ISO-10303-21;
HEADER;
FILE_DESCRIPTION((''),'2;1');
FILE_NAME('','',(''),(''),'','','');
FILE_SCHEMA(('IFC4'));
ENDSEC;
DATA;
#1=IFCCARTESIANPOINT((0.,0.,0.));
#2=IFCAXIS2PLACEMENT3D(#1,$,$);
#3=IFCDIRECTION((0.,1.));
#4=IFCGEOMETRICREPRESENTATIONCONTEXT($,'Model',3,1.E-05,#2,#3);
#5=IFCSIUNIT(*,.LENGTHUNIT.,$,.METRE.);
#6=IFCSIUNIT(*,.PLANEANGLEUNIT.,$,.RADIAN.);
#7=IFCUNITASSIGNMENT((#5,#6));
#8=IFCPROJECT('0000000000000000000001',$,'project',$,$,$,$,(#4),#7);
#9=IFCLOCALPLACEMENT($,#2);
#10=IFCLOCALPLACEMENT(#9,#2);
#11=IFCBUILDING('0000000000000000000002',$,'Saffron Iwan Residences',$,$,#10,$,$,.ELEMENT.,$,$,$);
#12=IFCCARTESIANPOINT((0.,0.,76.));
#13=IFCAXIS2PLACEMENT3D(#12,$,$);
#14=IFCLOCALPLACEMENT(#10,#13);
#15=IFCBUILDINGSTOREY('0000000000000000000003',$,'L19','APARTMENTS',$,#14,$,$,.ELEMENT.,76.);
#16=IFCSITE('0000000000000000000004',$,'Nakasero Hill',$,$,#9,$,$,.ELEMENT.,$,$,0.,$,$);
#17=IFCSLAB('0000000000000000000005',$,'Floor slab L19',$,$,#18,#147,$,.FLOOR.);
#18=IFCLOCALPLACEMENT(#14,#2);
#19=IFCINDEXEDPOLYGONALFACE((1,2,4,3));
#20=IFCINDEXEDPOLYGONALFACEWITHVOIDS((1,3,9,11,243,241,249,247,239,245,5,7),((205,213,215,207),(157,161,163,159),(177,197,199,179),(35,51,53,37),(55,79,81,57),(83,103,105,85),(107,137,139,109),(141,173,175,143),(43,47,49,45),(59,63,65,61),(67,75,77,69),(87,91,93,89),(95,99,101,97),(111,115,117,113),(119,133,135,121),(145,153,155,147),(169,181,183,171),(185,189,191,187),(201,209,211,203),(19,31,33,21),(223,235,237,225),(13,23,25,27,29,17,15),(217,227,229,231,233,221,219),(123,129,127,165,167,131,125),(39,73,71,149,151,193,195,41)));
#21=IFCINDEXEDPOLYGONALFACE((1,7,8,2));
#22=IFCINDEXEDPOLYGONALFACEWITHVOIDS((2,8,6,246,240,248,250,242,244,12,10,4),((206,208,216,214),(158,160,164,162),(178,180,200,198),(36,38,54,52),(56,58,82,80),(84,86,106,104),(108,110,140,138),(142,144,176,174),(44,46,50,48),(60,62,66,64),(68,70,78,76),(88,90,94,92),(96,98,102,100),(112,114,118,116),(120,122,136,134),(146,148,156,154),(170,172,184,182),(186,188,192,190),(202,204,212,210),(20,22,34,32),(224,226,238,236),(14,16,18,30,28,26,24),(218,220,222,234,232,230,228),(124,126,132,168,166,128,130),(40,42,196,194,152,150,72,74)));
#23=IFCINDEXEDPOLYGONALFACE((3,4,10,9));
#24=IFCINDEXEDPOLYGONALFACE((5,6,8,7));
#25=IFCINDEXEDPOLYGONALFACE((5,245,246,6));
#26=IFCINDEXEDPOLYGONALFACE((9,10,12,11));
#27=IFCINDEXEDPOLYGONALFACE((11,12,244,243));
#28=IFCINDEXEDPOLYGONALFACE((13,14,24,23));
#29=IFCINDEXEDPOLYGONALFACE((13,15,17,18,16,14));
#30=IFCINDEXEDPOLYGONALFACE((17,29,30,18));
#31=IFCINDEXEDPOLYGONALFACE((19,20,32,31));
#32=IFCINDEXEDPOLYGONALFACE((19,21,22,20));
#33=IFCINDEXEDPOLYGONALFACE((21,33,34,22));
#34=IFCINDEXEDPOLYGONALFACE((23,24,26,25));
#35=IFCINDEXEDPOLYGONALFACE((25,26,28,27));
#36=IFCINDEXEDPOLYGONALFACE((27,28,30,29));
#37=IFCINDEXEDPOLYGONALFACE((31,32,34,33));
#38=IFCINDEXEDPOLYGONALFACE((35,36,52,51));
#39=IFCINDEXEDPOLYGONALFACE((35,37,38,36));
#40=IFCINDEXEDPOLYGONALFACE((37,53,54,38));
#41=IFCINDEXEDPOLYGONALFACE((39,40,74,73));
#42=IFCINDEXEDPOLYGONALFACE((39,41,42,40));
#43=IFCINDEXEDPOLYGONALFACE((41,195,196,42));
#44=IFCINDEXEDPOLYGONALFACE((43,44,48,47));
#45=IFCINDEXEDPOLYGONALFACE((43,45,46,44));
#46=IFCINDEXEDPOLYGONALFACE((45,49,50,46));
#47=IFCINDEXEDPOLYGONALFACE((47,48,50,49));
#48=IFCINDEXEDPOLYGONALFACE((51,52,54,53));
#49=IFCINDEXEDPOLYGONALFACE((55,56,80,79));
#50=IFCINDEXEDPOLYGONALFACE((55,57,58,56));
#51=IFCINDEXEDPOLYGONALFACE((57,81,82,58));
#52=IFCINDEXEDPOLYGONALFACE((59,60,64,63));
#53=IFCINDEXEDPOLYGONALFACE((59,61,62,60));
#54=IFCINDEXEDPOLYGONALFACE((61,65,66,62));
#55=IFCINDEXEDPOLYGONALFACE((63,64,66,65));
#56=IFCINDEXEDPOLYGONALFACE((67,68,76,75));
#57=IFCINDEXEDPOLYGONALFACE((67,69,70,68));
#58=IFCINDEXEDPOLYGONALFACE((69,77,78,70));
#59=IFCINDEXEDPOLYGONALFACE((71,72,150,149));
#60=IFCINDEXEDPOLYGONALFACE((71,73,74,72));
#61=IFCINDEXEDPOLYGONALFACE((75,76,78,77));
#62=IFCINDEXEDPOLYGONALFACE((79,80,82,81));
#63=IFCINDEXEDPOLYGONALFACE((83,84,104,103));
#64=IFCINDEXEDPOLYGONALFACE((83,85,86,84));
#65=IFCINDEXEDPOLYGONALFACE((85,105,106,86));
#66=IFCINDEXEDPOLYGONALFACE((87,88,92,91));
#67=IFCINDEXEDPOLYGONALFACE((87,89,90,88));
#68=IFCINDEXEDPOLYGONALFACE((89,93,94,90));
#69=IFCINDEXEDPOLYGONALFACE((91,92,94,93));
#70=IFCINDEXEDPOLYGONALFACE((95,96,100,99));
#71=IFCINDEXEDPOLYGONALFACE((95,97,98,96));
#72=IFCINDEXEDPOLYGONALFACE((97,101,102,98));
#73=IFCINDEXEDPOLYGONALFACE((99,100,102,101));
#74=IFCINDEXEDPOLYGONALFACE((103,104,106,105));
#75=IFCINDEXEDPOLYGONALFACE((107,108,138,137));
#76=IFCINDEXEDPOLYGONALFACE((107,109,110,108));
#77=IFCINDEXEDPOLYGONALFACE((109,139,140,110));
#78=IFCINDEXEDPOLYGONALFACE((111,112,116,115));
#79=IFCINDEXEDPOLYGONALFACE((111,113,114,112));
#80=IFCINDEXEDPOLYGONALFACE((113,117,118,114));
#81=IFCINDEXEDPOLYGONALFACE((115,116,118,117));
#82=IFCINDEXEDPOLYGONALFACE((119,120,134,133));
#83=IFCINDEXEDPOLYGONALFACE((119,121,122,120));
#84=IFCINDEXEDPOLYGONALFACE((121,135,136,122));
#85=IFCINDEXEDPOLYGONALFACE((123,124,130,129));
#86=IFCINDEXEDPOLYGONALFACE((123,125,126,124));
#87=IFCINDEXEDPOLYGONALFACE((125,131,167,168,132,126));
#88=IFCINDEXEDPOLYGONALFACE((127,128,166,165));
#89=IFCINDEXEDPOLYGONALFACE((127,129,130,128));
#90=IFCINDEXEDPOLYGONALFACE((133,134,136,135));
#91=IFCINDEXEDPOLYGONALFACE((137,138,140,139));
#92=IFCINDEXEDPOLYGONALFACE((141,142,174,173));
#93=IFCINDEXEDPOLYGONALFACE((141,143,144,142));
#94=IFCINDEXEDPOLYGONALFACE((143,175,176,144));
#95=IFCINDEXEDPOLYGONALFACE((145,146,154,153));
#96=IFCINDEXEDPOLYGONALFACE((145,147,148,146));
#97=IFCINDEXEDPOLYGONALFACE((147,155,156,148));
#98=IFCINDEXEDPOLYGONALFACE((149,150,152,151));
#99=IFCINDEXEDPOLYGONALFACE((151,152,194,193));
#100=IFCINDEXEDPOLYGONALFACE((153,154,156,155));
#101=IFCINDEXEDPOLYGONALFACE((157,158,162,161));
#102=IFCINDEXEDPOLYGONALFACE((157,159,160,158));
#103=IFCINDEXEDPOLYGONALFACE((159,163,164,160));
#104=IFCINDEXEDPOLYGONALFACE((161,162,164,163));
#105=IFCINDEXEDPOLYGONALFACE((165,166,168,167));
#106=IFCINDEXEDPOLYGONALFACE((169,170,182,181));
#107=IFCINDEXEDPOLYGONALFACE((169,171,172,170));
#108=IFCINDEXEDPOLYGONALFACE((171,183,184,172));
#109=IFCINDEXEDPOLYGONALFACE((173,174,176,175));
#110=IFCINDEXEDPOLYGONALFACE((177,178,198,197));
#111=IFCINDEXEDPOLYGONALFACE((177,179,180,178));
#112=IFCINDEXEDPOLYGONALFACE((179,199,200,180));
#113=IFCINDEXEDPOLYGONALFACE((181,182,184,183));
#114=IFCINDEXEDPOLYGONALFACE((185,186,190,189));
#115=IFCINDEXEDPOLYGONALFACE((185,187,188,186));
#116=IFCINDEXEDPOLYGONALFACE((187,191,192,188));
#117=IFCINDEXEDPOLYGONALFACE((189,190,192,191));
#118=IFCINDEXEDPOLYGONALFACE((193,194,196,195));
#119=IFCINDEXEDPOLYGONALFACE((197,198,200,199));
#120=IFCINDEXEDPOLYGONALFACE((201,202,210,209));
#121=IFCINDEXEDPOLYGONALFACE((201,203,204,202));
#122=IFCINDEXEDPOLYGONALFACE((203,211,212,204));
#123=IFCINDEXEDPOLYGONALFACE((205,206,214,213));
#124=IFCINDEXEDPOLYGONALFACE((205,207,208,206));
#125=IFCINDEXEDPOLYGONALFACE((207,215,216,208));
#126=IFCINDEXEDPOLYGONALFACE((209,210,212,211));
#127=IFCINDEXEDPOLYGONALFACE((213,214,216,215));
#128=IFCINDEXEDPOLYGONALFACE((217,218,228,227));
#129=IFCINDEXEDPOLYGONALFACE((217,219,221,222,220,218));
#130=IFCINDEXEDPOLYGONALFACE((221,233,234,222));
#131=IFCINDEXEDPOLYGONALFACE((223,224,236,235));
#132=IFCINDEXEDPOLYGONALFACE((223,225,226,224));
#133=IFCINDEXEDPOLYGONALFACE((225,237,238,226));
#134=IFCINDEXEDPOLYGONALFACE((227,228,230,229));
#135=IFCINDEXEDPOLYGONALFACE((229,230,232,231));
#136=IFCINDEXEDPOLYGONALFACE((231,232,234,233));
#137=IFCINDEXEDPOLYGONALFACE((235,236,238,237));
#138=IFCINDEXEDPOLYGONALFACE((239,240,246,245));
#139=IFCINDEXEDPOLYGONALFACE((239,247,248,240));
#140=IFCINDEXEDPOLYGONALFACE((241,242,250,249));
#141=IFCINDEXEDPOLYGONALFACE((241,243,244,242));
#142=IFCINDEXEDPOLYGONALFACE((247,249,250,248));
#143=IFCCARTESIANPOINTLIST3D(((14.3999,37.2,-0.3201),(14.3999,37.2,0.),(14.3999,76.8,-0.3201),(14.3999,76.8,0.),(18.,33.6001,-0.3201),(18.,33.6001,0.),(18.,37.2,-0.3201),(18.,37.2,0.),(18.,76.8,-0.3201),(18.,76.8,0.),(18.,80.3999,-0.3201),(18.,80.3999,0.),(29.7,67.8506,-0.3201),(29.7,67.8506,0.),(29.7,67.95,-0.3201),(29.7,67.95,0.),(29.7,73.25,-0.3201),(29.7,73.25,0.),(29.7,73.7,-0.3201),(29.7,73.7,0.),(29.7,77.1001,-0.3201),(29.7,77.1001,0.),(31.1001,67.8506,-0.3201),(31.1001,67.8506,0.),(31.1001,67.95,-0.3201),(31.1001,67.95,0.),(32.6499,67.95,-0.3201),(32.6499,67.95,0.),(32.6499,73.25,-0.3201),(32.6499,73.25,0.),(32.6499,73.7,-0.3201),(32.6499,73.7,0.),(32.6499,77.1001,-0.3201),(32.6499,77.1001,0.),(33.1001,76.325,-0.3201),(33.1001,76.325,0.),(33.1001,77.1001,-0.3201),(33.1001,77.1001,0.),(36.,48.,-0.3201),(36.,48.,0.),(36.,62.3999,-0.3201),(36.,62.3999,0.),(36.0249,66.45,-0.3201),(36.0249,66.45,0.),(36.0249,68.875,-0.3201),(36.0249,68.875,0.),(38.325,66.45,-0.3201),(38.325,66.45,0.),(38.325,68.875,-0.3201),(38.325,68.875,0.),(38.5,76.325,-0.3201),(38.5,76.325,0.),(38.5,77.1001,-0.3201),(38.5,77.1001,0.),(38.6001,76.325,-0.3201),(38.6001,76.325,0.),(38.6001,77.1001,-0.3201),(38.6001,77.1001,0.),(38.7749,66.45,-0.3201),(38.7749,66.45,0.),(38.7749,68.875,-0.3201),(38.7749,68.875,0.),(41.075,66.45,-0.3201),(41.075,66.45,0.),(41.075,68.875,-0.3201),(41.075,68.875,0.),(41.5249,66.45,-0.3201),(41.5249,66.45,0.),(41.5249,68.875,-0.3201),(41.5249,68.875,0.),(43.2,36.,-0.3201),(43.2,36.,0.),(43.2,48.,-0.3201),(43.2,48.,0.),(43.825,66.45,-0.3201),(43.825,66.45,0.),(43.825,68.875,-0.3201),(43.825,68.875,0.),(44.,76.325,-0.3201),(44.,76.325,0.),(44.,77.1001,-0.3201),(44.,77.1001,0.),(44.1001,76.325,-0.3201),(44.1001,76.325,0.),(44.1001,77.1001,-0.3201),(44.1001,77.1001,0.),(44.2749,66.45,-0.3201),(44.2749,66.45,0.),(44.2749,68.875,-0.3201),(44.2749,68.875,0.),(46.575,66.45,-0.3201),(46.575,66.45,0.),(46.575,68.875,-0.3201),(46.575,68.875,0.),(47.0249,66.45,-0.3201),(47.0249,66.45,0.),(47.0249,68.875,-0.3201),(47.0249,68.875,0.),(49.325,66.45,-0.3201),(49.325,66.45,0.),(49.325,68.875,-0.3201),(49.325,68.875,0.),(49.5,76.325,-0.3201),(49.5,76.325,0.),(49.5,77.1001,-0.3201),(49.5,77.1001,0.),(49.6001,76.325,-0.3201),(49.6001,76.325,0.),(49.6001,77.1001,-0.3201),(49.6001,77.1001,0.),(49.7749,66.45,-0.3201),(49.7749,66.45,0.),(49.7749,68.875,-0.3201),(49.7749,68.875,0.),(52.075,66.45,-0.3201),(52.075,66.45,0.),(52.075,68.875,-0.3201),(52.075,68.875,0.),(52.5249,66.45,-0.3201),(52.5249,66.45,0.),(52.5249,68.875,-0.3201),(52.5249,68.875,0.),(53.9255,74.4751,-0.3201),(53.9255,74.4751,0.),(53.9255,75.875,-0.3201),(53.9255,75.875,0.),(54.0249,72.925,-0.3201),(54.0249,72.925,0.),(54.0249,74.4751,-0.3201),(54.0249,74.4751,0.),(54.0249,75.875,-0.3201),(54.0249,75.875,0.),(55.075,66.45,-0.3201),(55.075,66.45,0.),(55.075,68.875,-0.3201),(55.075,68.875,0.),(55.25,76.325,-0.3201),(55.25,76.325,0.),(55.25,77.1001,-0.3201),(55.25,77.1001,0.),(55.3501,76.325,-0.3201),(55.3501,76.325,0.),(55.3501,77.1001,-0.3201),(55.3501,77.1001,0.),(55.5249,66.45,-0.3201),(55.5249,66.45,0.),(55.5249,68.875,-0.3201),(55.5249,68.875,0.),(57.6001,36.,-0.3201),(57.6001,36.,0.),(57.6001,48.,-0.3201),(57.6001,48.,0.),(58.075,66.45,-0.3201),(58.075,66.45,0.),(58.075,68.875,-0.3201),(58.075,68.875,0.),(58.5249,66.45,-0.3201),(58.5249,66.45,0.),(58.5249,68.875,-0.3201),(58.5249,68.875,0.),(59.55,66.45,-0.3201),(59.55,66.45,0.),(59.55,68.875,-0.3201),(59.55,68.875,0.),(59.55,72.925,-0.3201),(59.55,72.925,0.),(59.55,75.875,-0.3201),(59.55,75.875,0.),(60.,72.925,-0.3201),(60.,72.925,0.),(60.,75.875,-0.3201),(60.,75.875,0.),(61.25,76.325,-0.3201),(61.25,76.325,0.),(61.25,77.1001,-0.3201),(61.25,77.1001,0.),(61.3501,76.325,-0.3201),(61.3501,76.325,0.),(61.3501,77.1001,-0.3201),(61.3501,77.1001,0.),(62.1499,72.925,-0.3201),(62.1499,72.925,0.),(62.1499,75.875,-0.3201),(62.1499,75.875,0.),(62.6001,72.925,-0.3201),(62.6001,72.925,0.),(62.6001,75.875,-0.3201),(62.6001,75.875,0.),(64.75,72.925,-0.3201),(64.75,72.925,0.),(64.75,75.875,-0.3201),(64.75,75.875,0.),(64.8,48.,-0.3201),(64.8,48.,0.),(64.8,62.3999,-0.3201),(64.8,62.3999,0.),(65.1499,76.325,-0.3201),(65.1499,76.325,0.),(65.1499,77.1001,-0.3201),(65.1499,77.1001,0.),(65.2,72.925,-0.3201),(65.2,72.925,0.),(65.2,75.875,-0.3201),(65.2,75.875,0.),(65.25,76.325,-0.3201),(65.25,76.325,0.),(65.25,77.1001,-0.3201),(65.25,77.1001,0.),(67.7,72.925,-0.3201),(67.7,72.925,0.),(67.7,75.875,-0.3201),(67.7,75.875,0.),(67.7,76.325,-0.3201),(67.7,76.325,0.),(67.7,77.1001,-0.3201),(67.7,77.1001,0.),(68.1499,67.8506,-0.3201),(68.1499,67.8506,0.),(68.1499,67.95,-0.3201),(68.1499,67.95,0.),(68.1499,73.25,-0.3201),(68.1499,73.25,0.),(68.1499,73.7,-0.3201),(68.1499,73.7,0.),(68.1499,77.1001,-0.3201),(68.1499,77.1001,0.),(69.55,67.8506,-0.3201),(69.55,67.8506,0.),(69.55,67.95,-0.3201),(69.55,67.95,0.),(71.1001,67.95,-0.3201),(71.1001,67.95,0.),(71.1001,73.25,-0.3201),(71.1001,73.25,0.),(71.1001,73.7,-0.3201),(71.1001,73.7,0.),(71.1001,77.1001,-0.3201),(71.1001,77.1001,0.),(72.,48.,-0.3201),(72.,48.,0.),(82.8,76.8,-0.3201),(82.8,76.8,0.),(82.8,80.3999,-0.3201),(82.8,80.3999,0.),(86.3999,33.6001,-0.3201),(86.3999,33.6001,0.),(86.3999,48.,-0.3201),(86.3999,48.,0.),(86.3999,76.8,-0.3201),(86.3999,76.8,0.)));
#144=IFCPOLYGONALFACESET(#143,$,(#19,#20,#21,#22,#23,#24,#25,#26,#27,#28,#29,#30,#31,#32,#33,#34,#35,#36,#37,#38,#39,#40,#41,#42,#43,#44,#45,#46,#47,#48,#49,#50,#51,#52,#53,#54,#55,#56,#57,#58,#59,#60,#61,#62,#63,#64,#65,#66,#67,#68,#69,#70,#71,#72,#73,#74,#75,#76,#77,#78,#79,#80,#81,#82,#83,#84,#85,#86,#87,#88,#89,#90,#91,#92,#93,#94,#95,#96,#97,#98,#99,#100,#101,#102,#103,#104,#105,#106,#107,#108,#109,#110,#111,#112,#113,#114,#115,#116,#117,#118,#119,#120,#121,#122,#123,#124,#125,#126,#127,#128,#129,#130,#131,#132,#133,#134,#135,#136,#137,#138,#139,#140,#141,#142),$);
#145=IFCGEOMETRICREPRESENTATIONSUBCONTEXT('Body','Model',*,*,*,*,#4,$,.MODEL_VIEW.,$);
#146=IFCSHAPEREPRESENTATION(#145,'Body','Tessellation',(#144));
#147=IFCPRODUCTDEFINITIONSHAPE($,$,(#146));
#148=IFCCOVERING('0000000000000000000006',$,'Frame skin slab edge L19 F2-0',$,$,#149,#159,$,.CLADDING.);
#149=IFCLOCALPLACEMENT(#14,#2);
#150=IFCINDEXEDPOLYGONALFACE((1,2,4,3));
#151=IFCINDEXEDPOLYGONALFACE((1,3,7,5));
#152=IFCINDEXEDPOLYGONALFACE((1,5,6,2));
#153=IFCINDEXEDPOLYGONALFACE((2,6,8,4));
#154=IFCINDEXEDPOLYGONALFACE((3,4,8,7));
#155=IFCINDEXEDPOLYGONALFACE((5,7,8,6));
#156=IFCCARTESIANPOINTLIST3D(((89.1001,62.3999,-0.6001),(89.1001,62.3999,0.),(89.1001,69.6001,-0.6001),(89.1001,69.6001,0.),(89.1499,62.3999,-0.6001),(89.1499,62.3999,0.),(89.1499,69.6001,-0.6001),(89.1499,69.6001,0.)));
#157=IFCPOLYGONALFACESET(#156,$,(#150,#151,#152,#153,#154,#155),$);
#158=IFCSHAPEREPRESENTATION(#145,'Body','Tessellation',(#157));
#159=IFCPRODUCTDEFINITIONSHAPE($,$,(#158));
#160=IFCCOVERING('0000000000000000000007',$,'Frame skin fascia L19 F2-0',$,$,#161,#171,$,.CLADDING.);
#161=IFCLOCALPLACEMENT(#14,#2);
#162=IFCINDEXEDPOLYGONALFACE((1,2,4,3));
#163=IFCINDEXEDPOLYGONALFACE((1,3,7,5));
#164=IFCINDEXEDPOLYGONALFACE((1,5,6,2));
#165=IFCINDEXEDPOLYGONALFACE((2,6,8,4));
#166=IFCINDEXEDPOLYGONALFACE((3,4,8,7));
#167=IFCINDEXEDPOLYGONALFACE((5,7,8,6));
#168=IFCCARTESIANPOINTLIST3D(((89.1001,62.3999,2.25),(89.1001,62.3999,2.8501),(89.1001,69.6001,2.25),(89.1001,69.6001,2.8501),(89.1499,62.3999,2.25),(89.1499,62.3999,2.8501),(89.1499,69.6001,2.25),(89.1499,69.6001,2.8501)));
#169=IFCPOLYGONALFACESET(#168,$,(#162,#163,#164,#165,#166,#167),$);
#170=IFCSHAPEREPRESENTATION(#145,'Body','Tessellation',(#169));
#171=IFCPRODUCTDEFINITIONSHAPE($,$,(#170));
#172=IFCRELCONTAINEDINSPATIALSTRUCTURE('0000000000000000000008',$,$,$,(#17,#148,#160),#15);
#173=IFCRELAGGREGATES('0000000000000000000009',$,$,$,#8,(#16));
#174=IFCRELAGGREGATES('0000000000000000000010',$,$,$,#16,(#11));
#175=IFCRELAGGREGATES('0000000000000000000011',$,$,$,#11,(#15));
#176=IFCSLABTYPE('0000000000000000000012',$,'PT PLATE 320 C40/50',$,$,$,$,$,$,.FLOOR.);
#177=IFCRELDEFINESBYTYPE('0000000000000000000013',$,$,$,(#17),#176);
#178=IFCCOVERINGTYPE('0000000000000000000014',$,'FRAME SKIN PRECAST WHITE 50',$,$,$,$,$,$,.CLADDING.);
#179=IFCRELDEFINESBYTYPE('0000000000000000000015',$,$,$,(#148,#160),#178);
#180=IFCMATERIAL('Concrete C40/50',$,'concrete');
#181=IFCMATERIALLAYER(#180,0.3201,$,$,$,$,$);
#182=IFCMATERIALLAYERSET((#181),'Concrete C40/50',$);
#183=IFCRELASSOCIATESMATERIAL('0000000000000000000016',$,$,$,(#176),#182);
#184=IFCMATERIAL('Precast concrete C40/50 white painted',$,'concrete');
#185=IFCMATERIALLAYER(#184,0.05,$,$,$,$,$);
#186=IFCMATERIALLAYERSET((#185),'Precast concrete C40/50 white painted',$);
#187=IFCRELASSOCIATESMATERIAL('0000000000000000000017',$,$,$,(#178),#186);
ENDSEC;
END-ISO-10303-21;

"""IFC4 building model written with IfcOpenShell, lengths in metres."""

from ifc_helpers import new_model, si_unit, direction, frame, origin, place, context, subcontext, project, spatial, polyline, outline, extrude, material, layer, layer_set, type_object, element, save


model = new_model("IFC4")

# Units and contexts
model_context = context("Model", 3, precision=1e-05, world=origin(), true_north=direction((0.0, 1.0)))
body_context = subcontext(model_context, "Body", "Model", "MODEL_VIEW")
ifc_project = project(units=[si_unit("LENGTHUNIT", "METRE"), si_unit("PLANEANGLEUNIT", "RADIAN")], contexts=[model_context])

# Site, building, storey
site_placement = place(None, origin())
site = spatial("IfcSite", under=ifc_project, at=site_placement, Name="Nakasero Hill", CompositionType="ELEMENT", RefElevation=0.0)
building_placement = place(site_placement, origin())
building = spatial("IfcBuilding", under=site, at=building_placement, Name="Saffron Iwan Residences", CompositionType="ELEMENT")
storey_placement = place(building_placement, frame((0.0, 0.0, 76.0)))
storey = spatial("IfcBuildingStorey", under=building, at=storey_placement, Name="L19", Description="APARTMENTS", CompositionType="ELEMENT", Elevation=76.0)

# Slab
ifc_material_1 = material(Name="Concrete C40/50", Category="concrete")
ifc_layer_1 = layer(ifc_material_1, 0.3201)
ifc_layer_set_1 = layer_set([ifc_layer_1], Name="Concrete C40/50")
slab_type_1 = type_object("IfcSlabType", Name="PT PLATE 320 C40/50", PredefinedType="FLOOR", material=ifc_layer_set_1)
slab_1_placement = place(storey_placement, frame((0.0, 0.0, -0.3201)))
element("IfcSlab", 1, at=slab_1_placement, inside=storey, type_object=slab_type_1, Name="Floor slab L19", PredefinedType="FLOOR", context=body_context, shape_type="SweptSolid", body=[
    extrude(outline(polyline([(14.3999, 37.2), (14.3999, 76.8), (18.0, 76.8), (18.0, 80.3999), (82.8, 80.3999), (82.8, 76.8), (86.3999, 76.8), (86.3999, 48.0), (72.0, 48.0), (86.3999, 33.6001), (18.0, 33.6001), (18.0, 37.2), (14.3999, 37.2)]), holes=[polyline([(64.8, 48.0), (64.8, 62.3999), (36.0, 62.3999), (36.0, 48.0), (43.2, 48.0), (43.2, 36.0), (57.6001, 36.0), (57.6001, 48.0), (64.8, 48.0)]), polyline([(38.325, 68.875), (36.0249, 68.875), (36.0249, 66.45), (38.325, 66.45), (38.325, 68.875)]), polyline([(41.075, 66.45), (41.075, 68.875), (38.7749, 68.875), (38.7749, 66.45), (41.075, 66.45)]), polyline([(43.825, 66.45), (43.825, 68.875), (41.5249, 68.875), (41.5249, 66.45), (43.825, 66.45)]), polyline([(46.575, 68.875), (44.2749, 68.875), (44.2749, 66.45), (46.575, 66.45), (46.575, 68.875)]), polyline([(49.325, 66.45), (49.325, 68.875), (47.0249, 68.875), (47.0249, 66.45), (49.325, 66.45)]), polyline([(52.075, 66.45), (52.075, 68.875), (49.7749, 68.875), (49.7749, 66.45), (52.075, 66.45)]), polyline([(29.7, 73.25), (29.7, 67.95), (29.7, 67.8506), (31.1001, 67.8506), (31.1001, 67.95), (32.6499, 67.95), (32.6499, 73.25), (29.7, 73.25)]), polyline([(32.6499, 73.7), (32.6499, 77.1001), (29.7, 77.1001), (29.7, 73.7), (32.6499, 73.7)]), polyline([(38.5, 76.325), (38.5, 77.1001), (33.1001, 77.1001), (33.1001, 76.325), (38.5, 76.325)]), polyline([(44.0, 77.1001), (38.6001, 77.1001), (38.6001, 76.325), (44.0, 76.325), (44.0, 77.1001)]), polyline([(49.5, 76.325), (49.5, 77.1001), (44.1001, 77.1001), (44.1001, 76.325), (49.5, 76.325)]), polyline([(55.25, 76.325), (55.25, 77.1001), (49.6001, 77.1001), (49.6001, 76.325), (55.25, 76.325)]), polyline([(55.075, 68.875), (52.5249, 68.875), (52.5249, 66.45), (55.075, 66.45), (55.075, 68.875)]), polyline([(58.075, 66.45), (58.075, 68.875), (55.5249, 68.875), (55.5249, 66.45), (58.075, 66.45)]), polyline([(59.55, 66.45), (59.55, 68.875), (58.5249, 68.875), (58.5249, 66.45), (59.55, 66.45)]), polyline([(68.1499, 73.25), (68.1499, 67.95), (68.1499, 67.8506), (69.55, 67.8506), (69.55, 67.95), (71.1001, 67.95), (71.1001, 73.25), (68.1499, 73.25)]), polyline([(53.9255, 74.4751), (54.0249, 74.4751), (54.0249, 72.925), (59.55, 72.925), (59.55, 75.875), (54.0249, 75.875), (53.9255, 75.875), (53.9255, 74.4751)]), polyline([(62.1499, 72.925), (62.1499, 75.875), (60.0, 75.875), (60.0, 72.925), (62.1499, 72.925)]), polyline([(64.75, 75.875), (62.6001, 75.875), (62.6001, 72.925), (64.75, 72.925), (64.75, 75.875)]), polyline([(67.7, 72.925), (67.7, 75.875), (65.2, 75.875), (65.2, 72.925), (67.7, 72.925)]), polyline([(71.1001, 73.7), (71.1001, 77.1001), (68.1499, 77.1001), (68.1499, 73.7), (71.1001, 73.7)]), polyline([(61.25, 77.1001), (55.3501, 77.1001), (55.3501, 76.325), (61.25, 76.325), (61.25, 77.1001)]), polyline([(65.1499, 76.325), (65.1499, 77.1001), (61.3501, 77.1001), (61.3501, 76.325), (65.1499, 76.325)]), polyline([(67.7, 76.325), (67.7, 77.1001), (65.25, 77.1001), (65.25, 76.325), (67.7, 76.325)])]), origin(), (0.0, 0.0, 1.0), 0.3201),
])

# Coverings
ifc_material_2 = material(Name="Precast concrete C40/50 white painted", Category="concrete")
ifc_layer_2 = layer(ifc_material_2, 0.05)
ifc_layer_set_2 = layer_set([ifc_layer_2], Name="Precast concrete C40/50 white painted")
covering_type_1 = type_object("IfcCoveringType", Name="FRAME SKIN PRECAST WHITE 50", PredefinedType="CLADDING", material=ifc_layer_set_2)
for number, where, name in (
    (2, (0.0, 0.0, -0.6001), "Frame skin slab edge L19 F2-0"),
    (3, (0.0, 0.0, 2.25), "Frame skin fascia L19 F2-0"),
):
    element("IfcCovering", number, at=place(storey_placement, frame(where)), inside=storey, type_object=covering_type_1, Name=name, PredefinedType="CLADDING", context=body_context, shape_type="SweptSolid", body=[
        extrude(outline(polyline([(89.1499, 62.3999), (89.1499, 69.6001), (89.1001, 69.6001), (89.1001, 62.3999), (89.1499, 62.3999)])), origin(), (0.0, 0.0, 1.0), 0.6001),
    ])

save(model, "model.ifc")
